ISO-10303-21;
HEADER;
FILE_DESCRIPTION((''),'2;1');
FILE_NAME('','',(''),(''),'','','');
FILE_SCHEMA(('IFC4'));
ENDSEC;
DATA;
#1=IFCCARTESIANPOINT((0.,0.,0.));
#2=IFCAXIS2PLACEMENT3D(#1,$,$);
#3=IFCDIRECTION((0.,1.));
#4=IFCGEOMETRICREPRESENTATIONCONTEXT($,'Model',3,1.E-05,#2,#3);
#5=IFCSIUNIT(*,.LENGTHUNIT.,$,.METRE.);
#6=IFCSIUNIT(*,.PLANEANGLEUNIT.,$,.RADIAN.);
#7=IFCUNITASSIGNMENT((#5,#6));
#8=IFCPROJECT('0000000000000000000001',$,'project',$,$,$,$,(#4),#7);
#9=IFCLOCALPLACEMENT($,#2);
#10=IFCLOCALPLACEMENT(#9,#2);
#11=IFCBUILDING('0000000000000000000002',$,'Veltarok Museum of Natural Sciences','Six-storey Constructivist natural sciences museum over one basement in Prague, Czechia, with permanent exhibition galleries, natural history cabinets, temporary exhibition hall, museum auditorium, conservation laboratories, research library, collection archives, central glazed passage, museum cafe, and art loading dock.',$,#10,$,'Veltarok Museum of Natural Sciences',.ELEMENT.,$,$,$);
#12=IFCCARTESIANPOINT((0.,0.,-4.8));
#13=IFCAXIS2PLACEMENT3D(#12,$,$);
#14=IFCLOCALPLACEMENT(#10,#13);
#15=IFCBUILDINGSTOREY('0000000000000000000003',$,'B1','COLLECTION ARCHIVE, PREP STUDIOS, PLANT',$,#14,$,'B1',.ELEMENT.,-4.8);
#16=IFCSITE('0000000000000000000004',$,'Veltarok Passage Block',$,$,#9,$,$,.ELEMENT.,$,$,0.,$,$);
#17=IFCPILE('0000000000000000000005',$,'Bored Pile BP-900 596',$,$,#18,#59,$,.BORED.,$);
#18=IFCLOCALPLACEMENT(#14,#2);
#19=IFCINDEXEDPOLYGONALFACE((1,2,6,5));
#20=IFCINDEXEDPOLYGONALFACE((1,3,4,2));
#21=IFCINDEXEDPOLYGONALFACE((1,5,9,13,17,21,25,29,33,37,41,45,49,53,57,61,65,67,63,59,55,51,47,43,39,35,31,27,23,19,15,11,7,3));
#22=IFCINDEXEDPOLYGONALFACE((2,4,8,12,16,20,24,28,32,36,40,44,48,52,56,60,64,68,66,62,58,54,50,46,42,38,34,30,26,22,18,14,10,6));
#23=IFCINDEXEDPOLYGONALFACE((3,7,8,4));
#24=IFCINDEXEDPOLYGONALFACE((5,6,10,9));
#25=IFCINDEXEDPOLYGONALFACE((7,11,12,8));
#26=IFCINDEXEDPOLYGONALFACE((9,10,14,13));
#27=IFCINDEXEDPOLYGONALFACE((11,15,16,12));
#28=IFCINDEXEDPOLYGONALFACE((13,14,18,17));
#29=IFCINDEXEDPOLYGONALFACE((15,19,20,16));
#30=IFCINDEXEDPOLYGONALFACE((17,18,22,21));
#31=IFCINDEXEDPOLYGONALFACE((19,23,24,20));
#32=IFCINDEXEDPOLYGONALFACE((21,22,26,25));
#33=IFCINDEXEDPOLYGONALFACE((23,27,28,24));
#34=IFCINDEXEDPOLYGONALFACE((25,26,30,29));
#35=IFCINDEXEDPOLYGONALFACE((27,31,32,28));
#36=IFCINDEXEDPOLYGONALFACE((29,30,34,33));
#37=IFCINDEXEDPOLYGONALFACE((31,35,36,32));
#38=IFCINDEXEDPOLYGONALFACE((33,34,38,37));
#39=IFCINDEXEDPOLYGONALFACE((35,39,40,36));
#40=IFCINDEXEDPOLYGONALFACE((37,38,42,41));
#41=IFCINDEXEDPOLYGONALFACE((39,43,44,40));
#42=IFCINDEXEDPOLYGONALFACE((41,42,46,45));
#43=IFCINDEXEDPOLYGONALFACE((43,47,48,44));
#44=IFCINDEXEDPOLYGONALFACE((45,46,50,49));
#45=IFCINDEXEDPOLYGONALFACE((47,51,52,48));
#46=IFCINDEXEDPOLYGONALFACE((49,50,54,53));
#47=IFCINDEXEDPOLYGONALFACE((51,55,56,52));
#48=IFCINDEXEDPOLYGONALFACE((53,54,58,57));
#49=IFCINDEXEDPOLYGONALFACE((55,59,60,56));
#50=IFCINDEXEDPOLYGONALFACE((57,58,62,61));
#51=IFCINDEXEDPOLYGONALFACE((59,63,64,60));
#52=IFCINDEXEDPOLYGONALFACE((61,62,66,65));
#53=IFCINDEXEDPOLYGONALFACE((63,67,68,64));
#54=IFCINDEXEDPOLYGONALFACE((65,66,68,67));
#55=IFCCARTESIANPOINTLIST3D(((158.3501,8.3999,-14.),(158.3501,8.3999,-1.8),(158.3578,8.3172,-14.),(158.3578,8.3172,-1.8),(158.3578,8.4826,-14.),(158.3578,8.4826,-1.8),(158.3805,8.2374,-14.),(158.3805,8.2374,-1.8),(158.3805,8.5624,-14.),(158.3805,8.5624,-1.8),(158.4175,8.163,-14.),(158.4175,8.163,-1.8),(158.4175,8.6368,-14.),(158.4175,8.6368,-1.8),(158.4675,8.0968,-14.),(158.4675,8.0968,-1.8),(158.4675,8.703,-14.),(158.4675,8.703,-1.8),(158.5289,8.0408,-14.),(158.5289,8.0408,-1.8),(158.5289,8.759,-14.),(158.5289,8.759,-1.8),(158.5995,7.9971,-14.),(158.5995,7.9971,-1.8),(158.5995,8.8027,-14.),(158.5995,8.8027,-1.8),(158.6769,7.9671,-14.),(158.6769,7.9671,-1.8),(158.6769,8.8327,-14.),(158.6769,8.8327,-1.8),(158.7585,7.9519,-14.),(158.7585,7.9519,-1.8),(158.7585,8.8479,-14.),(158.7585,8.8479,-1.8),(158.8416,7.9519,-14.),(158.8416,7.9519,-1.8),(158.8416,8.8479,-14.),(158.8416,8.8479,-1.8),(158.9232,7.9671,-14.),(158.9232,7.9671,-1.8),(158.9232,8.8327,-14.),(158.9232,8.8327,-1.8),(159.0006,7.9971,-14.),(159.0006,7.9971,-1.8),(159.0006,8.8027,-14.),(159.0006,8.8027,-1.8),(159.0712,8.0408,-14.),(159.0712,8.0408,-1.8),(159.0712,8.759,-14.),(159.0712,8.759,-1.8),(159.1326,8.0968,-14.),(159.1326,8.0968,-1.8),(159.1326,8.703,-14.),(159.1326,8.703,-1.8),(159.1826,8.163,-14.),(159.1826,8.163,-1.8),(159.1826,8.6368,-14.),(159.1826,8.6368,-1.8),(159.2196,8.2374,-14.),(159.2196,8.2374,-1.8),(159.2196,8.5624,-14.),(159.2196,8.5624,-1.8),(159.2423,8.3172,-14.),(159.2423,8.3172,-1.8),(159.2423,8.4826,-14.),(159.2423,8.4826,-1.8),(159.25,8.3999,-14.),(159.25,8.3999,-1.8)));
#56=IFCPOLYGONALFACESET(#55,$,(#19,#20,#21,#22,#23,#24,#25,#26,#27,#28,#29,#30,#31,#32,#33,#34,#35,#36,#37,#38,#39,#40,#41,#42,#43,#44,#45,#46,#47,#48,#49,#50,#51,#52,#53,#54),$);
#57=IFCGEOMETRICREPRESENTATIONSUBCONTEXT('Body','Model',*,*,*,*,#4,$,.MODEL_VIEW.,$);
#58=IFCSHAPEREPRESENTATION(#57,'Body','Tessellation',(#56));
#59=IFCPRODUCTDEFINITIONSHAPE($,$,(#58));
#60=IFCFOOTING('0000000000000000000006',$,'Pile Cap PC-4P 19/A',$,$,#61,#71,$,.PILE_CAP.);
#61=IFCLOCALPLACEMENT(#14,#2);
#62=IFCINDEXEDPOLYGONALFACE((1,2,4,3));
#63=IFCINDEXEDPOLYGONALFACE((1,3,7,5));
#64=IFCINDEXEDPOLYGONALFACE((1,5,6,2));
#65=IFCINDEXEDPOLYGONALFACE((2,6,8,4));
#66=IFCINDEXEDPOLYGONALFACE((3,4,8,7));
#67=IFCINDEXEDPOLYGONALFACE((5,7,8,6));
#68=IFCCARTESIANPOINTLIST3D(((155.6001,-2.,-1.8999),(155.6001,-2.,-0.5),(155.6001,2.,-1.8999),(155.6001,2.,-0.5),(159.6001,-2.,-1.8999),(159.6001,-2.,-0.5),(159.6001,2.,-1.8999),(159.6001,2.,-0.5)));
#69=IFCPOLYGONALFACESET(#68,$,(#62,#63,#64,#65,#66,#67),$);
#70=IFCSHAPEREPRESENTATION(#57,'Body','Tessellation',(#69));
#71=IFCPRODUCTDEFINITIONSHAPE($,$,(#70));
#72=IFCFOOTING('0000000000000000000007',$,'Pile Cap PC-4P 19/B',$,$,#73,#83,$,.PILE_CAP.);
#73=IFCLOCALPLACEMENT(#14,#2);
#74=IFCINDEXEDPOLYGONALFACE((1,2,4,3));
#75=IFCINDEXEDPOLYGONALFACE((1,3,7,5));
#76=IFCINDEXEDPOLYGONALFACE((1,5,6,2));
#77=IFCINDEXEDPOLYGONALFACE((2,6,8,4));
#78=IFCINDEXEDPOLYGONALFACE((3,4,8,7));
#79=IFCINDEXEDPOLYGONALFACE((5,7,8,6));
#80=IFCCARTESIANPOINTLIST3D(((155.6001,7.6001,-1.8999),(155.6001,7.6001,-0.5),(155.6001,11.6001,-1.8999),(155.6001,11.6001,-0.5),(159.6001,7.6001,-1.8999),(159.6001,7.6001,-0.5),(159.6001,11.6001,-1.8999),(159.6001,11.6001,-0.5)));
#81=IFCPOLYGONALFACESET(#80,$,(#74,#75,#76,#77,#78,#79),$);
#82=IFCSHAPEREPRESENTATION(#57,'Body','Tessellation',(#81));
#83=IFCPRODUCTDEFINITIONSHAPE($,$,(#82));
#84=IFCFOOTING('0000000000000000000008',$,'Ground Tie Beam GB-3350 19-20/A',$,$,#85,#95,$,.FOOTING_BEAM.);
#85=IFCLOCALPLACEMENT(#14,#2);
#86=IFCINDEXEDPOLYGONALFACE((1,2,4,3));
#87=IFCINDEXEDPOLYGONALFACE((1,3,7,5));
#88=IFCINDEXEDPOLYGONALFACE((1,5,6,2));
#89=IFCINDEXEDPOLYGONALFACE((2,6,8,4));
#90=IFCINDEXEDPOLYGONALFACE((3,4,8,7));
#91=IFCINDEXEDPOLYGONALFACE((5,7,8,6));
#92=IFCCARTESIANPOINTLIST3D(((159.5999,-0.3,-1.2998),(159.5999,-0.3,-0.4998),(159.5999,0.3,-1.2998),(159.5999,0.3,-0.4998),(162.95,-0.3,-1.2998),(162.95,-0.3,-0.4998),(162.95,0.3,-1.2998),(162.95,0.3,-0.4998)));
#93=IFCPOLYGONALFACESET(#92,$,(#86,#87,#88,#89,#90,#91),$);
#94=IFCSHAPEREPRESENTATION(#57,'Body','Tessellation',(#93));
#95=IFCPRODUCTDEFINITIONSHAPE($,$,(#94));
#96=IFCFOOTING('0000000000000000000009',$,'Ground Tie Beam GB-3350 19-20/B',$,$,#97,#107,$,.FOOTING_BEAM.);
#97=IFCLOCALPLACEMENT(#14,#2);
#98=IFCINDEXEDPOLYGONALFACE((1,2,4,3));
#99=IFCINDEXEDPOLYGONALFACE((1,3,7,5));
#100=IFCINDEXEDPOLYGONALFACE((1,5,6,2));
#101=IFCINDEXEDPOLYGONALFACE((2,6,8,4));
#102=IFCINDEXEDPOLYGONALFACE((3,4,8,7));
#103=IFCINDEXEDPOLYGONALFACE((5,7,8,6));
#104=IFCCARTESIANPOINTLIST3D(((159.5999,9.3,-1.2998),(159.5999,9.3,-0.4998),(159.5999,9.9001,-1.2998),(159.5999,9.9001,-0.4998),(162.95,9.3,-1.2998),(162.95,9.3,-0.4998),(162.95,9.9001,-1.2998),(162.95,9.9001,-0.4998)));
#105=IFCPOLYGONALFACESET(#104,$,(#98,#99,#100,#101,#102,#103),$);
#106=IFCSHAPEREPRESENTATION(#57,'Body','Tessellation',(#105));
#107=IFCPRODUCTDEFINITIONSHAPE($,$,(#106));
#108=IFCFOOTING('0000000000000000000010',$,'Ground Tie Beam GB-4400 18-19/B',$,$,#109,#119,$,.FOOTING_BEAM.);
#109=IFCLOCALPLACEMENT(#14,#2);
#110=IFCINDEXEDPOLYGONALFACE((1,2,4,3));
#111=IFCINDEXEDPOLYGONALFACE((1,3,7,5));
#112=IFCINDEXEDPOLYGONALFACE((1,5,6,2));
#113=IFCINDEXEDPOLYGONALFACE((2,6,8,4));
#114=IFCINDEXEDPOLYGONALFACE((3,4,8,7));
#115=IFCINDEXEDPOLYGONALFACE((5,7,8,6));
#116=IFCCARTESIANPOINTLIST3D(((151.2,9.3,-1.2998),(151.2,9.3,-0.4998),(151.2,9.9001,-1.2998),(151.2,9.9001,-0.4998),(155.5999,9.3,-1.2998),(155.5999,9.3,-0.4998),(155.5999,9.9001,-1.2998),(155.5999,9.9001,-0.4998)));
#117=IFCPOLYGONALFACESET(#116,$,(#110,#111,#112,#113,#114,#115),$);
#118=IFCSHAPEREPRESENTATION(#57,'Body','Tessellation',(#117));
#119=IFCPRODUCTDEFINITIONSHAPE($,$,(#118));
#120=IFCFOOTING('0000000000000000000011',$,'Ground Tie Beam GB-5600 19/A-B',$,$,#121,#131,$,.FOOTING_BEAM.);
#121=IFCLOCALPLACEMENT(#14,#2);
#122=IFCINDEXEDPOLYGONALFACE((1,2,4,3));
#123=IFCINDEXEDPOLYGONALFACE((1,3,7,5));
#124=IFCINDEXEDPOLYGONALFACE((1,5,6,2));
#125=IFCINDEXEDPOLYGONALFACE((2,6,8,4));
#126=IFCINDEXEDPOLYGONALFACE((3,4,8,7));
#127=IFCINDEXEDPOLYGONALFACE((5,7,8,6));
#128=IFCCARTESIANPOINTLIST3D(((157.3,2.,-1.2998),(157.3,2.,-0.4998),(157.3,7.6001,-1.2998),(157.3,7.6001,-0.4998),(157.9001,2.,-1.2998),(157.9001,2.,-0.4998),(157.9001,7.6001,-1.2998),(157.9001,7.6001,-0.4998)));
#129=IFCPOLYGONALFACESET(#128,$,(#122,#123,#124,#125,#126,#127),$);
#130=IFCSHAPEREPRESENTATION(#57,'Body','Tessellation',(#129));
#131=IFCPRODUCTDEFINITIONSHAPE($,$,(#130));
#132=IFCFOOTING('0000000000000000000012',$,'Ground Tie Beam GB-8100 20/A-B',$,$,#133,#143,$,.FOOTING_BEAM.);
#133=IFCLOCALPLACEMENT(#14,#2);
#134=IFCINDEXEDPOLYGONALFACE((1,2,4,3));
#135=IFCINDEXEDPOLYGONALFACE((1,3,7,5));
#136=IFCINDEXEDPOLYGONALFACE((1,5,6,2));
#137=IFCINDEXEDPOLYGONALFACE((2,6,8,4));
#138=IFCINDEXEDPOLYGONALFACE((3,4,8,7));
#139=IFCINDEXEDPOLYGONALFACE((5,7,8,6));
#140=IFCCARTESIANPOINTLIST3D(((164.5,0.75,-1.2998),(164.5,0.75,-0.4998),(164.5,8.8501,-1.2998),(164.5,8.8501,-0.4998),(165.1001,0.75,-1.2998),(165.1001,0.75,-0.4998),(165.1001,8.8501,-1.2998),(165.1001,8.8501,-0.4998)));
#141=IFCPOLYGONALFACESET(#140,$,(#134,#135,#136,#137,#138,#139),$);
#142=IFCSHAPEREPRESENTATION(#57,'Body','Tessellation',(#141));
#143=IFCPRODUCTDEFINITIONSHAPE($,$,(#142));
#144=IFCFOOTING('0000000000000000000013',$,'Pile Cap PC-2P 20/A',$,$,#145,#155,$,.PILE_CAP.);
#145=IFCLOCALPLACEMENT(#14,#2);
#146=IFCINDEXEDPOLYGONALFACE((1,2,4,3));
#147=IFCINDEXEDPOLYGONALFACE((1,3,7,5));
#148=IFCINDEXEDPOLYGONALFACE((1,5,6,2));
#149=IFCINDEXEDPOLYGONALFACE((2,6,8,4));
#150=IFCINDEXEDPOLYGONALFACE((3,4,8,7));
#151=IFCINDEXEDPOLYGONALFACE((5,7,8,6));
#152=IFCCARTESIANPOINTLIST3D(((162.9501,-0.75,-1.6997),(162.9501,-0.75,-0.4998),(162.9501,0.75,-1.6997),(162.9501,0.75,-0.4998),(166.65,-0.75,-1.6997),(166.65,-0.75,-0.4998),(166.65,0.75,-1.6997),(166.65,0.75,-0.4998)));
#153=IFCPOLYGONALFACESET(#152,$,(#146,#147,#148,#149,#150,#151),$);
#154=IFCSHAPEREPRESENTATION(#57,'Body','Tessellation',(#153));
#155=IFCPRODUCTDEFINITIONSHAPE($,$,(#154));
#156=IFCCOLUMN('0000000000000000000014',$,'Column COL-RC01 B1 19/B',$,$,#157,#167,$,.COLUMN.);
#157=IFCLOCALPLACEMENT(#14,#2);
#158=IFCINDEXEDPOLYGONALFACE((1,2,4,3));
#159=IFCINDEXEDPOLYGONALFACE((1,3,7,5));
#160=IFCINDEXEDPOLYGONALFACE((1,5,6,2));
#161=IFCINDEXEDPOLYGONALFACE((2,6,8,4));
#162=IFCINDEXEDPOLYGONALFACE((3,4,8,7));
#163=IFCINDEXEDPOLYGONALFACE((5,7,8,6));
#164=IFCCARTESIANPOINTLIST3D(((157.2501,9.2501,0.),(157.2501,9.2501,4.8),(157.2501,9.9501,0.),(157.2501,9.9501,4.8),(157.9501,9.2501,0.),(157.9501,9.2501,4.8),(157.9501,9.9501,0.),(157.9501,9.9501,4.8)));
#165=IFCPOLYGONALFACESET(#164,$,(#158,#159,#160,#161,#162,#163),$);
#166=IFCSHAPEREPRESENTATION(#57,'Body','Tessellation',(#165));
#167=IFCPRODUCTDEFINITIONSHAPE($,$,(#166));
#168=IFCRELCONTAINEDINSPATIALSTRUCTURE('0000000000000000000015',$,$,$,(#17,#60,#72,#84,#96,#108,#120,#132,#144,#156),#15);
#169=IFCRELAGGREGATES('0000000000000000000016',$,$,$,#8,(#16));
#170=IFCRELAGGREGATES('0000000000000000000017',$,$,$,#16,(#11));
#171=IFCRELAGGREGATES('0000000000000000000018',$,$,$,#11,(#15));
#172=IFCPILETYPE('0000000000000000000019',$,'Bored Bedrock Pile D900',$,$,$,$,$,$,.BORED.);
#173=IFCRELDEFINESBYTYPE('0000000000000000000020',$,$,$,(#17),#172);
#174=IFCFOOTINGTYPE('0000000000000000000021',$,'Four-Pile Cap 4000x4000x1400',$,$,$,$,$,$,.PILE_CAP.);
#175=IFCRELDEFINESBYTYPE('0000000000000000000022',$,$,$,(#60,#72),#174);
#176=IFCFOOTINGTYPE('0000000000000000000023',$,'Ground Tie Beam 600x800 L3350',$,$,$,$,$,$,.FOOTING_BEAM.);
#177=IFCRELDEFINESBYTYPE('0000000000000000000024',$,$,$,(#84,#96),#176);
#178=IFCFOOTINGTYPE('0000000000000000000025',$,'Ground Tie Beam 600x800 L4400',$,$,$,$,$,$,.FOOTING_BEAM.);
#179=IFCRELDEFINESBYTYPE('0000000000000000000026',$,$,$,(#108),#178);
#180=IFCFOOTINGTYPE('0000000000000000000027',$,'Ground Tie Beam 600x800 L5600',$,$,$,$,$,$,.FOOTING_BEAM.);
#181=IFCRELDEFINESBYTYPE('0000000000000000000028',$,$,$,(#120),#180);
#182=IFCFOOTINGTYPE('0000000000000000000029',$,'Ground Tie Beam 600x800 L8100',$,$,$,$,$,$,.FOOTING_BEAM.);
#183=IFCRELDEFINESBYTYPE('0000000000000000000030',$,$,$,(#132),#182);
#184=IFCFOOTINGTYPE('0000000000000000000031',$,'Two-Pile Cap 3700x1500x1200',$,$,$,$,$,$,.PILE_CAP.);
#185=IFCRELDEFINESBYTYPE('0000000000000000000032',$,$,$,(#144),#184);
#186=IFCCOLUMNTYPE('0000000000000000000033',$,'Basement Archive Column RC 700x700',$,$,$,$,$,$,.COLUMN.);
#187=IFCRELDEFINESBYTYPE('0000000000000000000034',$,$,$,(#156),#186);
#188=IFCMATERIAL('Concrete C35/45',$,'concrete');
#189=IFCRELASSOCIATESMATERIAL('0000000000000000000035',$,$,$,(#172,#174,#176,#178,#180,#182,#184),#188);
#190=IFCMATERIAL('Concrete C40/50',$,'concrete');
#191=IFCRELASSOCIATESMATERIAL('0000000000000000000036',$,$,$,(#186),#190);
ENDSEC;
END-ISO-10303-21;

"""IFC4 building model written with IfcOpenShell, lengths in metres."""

from ifc_helpers import new_model, si_unit, direction, frame, origin, origin_2d, place, context, subcontext, project, spatial, rectangle, circle, extrude, material, material_profile, profile_set, type_object, element, save


model = new_model("IFC4")

# Units and contexts
model_context = context("Model", 3, precision=1e-05, world=origin(), true_north=direction((0.0, 1.0)))
body_context = subcontext(model_context, "Body", "Model", "MODEL_VIEW")
ifc_project = project(units=[si_unit("LENGTHUNIT", "METRE"), si_unit("PLANEANGLEUNIT", "RADIAN")], contexts=[model_context])

# Site, building, storey
site_placement = place(None, origin())
site = spatial("IfcSite", under=ifc_project, at=site_placement, Name="Veltarok Passage Block", CompositionType="ELEMENT", RefElevation=0.0)
building_placement = place(site_placement, origin())
building = spatial("IfcBuilding", under=site, at=building_placement, Name="Veltarok Museum of Natural Sciences", Description="Six-storey Constructivist natural sciences museum over one basement in Prague, Czechia, with permanent exhibition galleries, natural history cabinets, temporary exhibition hall, museum auditorium, conservation laboratories, research library, collection archives, central glazed passage, museum cafe, and art loading dock.", LongName="Veltarok Museum of Natural Sciences", CompositionType="ELEMENT")
storey_placement = place(building_placement, frame((0.0, 0.0, -4.8)))
storey = spatial("IfcBuildingStorey", under=building, at=storey_placement, Name="B1", Description="COLLECTION ARCHIVE, PREP STUDIOS, PLANT", LongName="B1", CompositionType="ELEMENT", Elevation=-4.8)

# Pile
ifc_material_1 = material(Name="Concrete C35/45", Category="concrete")
ifc_material_profile_1 = material_profile(ifc_material_1, circle(Radius=0.45, at=origin_2d()), Name="BP D900")
ifc_profile_set_1 = profile_set([ifc_material_profile_1], Name="Concrete C35/45")
pile_type_1 = type_object("IfcPileType", Name="Bored Bedrock Pile D900", PredefinedType="BORED", material=ifc_profile_set_1)
for number, where, z_axis, x_axis, name in (
    (1, (158.8, 8.3999, -1.8), (0.0, 0.0, -1.0), (1.0, 0.0, 0.0), "Bored Pile BP-900 596"),
):
    element("IfcPile", number, at=place(storey_placement, frame(where, z_axis=z_axis, x_axis=x_axis)), inside=storey, type_object=pile_type_1, Name=name, PredefinedType="BORED", context=body_context, shape_type="SweptSolid", body=[
        extrude(circle(Radius=0.45, at=origin_2d()), origin(), (0.0, 0.0, 1.0), 12.2),
    ])

# Footings
footing_type_1 = type_object("IfcFootingType", Name="Four-Pile Cap 4000x4000x1400", PredefinedType="PILE_CAP", material=ifc_material_1)
for number, where, z_axis, x_axis, name in (
    (2, (157.6001, 0.0, -1.8999), (0.0, 0.0, 1.0), (1.0, 0.0, 0.0), "Pile Cap PC-4P 19/A"),
    (3, (157.6001, 9.6001, -1.8999), (0.0, 0.0, 1.0), (1.0, 0.0, 0.0), "Pile Cap PC-4P 19/B"),
):
    element("IfcFooting", number, at=place(storey_placement, frame(where, z_axis=z_axis, x_axis=x_axis)), inside=storey, type_object=footing_type_1, Name=name, PredefinedType="PILE_CAP", context=body_context, shape_type="SweptSolid", body=[
        extrude(rectangle(XDim=4.0, YDim=4.0, at=origin_2d()), origin(), (0.0, 0.0, 1.0), 1.3999),
    ])
footing_type_2 = type_object("IfcFootingType", Name="Ground Tie Beam 600x800 L3350", PredefinedType="FOOTING_BEAM", material=ifc_material_1)
for number, where, z_axis, x_axis, name in (
    (4, (161.2749, 0.0, -1.2998), (0.0, 0.0, 1.0), (1.0, 0.0, 0.0), "Ground Tie Beam GB-3350 19-20/A"),
    (5, (161.2749, 9.6001, -1.2998), (0.0, 0.0, 1.0), (1.0, 0.0, 0.0), "Ground Tie Beam GB-3350 19-20/B"),
):
    element("IfcFooting", number, at=place(storey_placement, frame(where, z_axis=z_axis, x_axis=x_axis)), inside=storey, type_object=footing_type_2, Name=name, PredefinedType="FOOTING_BEAM", context=body_context, shape_type="SweptSolid", body=[
        extrude(rectangle(XDim=3.3501, YDim=0.6001, at=origin_2d()), origin(), (0.0, 0.0, 1.0), 0.8),
    ])
footing_type_3 = type_object("IfcFootingType", Name="Ground Tie Beam 600x800 L4400", PredefinedType="FOOTING_BEAM", material=ifc_material_1)
footing_1_placement = place(storey_placement, frame((153.3999, 9.6001, -1.2998), z_axis=(0.0, 0.0, 1.0), x_axis=(1.0, 0.0, 0.0)))
element("IfcFooting", 6, at=footing_1_placement, inside=storey, type_object=footing_type_3, Name="Ground Tie Beam GB-4400 18-19/B", PredefinedType="FOOTING_BEAM", context=body_context, shape_type="SweptSolid", body=[
    extrude(rectangle(XDim=4.3999, YDim=0.6001, at=origin_2d()), origin(), (0.0, 0.0, 1.0), 0.8),
])
footing_type_4 = type_object("IfcFootingType", Name="Ground Tie Beam 600x800 L5600", PredefinedType="FOOTING_BEAM", material=ifc_material_1)
footing_2_placement = place(storey_placement, frame((157.6001, 4.8, -1.2998), z_axis=(0.0, 0.0, 1.0), x_axis=(0.0, 1.0, 0.0)))
element("IfcFooting", 7, at=footing_2_placement, inside=storey, type_object=footing_type_4, Name="Ground Tie Beam GB-5600 19/A-B", PredefinedType="FOOTING_BEAM", context=body_context, shape_type="SweptSolid", body=[
    extrude(rectangle(XDim=5.6001, YDim=0.6001, at=origin_2d()), origin(), (0.0, 0.0, 1.0), 0.8),
])
footing_type_5 = type_object("IfcFootingType", Name="Ground Tie Beam 600x800 L8100", PredefinedType="FOOTING_BEAM", material=ifc_material_1)
footing_3_placement = place(storey_placement, frame((164.8, 4.8, -1.2998), z_axis=(0.0, 0.0, 1.0), x_axis=(0.0, 1.0, 0.0)))
element("IfcFooting", 8, at=footing_3_placement, inside=storey, type_object=footing_type_5, Name="Ground Tie Beam GB-8100 20/A-B", PredefinedType="FOOTING_BEAM", context=body_context, shape_type="SweptSolid", body=[
    extrude(rectangle(XDim=8.1001, YDim=0.6001, at=origin_2d()), origin(), (0.0, 0.0, 1.0), 0.8),
])
footing_type_6 = type_object("IfcFootingType", Name="Two-Pile Cap 3700x1500x1200", PredefinedType="PILE_CAP", material=ifc_material_1)
footing_4_placement = place(storey_placement, frame((164.8, 0.0, -1.6997), z_axis=(0.0, 0.0, 1.0), x_axis=(1.0, 0.0, 0.0)))
element("IfcFooting", 9, at=footing_4_placement, inside=storey, type_object=footing_type_6, Name="Pile Cap PC-2P 20/A", PredefinedType="PILE_CAP", context=body_context, shape_type="SweptSolid", body=[
    extrude(rectangle(XDim=3.7, YDim=1.5, at=origin_2d()), origin(), (0.0, 0.0, 1.0), 1.2),
])

# Column
ifc_material_2 = material(Name="Concrete C40/50", Category="concrete")
ifc_material_profile_2 = material_profile(ifc_material_2, rectangle(XDim=0.7, YDim=0.7, at=origin_2d()), Name="RC 700x700")
ifc_profile_set_2 = profile_set([ifc_material_profile_2], Name="Concrete C40/50")
column_type_1 = type_object("IfcColumnType", Name="Basement Archive Column RC 700x700", PredefinedType="COLUMN", material=ifc_profile_set_2)
column_placement = place(storey_placement, frame((157.6001, 9.6001, 0.0), z_axis=(0.0, 0.0, 1.0), x_axis=(1.0, 0.0, 0.0)))
element("IfcColumn", 10, at=column_placement, inside=storey, type_object=column_type_1, Name="Column COL-RC01 B1 19/B", PredefinedType="COLUMN", context=body_context, shape_type="SweptSolid", body=[
    extrude(rectangle(XDim=0.7, YDim=0.7, at=origin_2d()), origin(), (0.0, 0.0, 1.0), 4.8),
])

save(model, "model.ifc")
